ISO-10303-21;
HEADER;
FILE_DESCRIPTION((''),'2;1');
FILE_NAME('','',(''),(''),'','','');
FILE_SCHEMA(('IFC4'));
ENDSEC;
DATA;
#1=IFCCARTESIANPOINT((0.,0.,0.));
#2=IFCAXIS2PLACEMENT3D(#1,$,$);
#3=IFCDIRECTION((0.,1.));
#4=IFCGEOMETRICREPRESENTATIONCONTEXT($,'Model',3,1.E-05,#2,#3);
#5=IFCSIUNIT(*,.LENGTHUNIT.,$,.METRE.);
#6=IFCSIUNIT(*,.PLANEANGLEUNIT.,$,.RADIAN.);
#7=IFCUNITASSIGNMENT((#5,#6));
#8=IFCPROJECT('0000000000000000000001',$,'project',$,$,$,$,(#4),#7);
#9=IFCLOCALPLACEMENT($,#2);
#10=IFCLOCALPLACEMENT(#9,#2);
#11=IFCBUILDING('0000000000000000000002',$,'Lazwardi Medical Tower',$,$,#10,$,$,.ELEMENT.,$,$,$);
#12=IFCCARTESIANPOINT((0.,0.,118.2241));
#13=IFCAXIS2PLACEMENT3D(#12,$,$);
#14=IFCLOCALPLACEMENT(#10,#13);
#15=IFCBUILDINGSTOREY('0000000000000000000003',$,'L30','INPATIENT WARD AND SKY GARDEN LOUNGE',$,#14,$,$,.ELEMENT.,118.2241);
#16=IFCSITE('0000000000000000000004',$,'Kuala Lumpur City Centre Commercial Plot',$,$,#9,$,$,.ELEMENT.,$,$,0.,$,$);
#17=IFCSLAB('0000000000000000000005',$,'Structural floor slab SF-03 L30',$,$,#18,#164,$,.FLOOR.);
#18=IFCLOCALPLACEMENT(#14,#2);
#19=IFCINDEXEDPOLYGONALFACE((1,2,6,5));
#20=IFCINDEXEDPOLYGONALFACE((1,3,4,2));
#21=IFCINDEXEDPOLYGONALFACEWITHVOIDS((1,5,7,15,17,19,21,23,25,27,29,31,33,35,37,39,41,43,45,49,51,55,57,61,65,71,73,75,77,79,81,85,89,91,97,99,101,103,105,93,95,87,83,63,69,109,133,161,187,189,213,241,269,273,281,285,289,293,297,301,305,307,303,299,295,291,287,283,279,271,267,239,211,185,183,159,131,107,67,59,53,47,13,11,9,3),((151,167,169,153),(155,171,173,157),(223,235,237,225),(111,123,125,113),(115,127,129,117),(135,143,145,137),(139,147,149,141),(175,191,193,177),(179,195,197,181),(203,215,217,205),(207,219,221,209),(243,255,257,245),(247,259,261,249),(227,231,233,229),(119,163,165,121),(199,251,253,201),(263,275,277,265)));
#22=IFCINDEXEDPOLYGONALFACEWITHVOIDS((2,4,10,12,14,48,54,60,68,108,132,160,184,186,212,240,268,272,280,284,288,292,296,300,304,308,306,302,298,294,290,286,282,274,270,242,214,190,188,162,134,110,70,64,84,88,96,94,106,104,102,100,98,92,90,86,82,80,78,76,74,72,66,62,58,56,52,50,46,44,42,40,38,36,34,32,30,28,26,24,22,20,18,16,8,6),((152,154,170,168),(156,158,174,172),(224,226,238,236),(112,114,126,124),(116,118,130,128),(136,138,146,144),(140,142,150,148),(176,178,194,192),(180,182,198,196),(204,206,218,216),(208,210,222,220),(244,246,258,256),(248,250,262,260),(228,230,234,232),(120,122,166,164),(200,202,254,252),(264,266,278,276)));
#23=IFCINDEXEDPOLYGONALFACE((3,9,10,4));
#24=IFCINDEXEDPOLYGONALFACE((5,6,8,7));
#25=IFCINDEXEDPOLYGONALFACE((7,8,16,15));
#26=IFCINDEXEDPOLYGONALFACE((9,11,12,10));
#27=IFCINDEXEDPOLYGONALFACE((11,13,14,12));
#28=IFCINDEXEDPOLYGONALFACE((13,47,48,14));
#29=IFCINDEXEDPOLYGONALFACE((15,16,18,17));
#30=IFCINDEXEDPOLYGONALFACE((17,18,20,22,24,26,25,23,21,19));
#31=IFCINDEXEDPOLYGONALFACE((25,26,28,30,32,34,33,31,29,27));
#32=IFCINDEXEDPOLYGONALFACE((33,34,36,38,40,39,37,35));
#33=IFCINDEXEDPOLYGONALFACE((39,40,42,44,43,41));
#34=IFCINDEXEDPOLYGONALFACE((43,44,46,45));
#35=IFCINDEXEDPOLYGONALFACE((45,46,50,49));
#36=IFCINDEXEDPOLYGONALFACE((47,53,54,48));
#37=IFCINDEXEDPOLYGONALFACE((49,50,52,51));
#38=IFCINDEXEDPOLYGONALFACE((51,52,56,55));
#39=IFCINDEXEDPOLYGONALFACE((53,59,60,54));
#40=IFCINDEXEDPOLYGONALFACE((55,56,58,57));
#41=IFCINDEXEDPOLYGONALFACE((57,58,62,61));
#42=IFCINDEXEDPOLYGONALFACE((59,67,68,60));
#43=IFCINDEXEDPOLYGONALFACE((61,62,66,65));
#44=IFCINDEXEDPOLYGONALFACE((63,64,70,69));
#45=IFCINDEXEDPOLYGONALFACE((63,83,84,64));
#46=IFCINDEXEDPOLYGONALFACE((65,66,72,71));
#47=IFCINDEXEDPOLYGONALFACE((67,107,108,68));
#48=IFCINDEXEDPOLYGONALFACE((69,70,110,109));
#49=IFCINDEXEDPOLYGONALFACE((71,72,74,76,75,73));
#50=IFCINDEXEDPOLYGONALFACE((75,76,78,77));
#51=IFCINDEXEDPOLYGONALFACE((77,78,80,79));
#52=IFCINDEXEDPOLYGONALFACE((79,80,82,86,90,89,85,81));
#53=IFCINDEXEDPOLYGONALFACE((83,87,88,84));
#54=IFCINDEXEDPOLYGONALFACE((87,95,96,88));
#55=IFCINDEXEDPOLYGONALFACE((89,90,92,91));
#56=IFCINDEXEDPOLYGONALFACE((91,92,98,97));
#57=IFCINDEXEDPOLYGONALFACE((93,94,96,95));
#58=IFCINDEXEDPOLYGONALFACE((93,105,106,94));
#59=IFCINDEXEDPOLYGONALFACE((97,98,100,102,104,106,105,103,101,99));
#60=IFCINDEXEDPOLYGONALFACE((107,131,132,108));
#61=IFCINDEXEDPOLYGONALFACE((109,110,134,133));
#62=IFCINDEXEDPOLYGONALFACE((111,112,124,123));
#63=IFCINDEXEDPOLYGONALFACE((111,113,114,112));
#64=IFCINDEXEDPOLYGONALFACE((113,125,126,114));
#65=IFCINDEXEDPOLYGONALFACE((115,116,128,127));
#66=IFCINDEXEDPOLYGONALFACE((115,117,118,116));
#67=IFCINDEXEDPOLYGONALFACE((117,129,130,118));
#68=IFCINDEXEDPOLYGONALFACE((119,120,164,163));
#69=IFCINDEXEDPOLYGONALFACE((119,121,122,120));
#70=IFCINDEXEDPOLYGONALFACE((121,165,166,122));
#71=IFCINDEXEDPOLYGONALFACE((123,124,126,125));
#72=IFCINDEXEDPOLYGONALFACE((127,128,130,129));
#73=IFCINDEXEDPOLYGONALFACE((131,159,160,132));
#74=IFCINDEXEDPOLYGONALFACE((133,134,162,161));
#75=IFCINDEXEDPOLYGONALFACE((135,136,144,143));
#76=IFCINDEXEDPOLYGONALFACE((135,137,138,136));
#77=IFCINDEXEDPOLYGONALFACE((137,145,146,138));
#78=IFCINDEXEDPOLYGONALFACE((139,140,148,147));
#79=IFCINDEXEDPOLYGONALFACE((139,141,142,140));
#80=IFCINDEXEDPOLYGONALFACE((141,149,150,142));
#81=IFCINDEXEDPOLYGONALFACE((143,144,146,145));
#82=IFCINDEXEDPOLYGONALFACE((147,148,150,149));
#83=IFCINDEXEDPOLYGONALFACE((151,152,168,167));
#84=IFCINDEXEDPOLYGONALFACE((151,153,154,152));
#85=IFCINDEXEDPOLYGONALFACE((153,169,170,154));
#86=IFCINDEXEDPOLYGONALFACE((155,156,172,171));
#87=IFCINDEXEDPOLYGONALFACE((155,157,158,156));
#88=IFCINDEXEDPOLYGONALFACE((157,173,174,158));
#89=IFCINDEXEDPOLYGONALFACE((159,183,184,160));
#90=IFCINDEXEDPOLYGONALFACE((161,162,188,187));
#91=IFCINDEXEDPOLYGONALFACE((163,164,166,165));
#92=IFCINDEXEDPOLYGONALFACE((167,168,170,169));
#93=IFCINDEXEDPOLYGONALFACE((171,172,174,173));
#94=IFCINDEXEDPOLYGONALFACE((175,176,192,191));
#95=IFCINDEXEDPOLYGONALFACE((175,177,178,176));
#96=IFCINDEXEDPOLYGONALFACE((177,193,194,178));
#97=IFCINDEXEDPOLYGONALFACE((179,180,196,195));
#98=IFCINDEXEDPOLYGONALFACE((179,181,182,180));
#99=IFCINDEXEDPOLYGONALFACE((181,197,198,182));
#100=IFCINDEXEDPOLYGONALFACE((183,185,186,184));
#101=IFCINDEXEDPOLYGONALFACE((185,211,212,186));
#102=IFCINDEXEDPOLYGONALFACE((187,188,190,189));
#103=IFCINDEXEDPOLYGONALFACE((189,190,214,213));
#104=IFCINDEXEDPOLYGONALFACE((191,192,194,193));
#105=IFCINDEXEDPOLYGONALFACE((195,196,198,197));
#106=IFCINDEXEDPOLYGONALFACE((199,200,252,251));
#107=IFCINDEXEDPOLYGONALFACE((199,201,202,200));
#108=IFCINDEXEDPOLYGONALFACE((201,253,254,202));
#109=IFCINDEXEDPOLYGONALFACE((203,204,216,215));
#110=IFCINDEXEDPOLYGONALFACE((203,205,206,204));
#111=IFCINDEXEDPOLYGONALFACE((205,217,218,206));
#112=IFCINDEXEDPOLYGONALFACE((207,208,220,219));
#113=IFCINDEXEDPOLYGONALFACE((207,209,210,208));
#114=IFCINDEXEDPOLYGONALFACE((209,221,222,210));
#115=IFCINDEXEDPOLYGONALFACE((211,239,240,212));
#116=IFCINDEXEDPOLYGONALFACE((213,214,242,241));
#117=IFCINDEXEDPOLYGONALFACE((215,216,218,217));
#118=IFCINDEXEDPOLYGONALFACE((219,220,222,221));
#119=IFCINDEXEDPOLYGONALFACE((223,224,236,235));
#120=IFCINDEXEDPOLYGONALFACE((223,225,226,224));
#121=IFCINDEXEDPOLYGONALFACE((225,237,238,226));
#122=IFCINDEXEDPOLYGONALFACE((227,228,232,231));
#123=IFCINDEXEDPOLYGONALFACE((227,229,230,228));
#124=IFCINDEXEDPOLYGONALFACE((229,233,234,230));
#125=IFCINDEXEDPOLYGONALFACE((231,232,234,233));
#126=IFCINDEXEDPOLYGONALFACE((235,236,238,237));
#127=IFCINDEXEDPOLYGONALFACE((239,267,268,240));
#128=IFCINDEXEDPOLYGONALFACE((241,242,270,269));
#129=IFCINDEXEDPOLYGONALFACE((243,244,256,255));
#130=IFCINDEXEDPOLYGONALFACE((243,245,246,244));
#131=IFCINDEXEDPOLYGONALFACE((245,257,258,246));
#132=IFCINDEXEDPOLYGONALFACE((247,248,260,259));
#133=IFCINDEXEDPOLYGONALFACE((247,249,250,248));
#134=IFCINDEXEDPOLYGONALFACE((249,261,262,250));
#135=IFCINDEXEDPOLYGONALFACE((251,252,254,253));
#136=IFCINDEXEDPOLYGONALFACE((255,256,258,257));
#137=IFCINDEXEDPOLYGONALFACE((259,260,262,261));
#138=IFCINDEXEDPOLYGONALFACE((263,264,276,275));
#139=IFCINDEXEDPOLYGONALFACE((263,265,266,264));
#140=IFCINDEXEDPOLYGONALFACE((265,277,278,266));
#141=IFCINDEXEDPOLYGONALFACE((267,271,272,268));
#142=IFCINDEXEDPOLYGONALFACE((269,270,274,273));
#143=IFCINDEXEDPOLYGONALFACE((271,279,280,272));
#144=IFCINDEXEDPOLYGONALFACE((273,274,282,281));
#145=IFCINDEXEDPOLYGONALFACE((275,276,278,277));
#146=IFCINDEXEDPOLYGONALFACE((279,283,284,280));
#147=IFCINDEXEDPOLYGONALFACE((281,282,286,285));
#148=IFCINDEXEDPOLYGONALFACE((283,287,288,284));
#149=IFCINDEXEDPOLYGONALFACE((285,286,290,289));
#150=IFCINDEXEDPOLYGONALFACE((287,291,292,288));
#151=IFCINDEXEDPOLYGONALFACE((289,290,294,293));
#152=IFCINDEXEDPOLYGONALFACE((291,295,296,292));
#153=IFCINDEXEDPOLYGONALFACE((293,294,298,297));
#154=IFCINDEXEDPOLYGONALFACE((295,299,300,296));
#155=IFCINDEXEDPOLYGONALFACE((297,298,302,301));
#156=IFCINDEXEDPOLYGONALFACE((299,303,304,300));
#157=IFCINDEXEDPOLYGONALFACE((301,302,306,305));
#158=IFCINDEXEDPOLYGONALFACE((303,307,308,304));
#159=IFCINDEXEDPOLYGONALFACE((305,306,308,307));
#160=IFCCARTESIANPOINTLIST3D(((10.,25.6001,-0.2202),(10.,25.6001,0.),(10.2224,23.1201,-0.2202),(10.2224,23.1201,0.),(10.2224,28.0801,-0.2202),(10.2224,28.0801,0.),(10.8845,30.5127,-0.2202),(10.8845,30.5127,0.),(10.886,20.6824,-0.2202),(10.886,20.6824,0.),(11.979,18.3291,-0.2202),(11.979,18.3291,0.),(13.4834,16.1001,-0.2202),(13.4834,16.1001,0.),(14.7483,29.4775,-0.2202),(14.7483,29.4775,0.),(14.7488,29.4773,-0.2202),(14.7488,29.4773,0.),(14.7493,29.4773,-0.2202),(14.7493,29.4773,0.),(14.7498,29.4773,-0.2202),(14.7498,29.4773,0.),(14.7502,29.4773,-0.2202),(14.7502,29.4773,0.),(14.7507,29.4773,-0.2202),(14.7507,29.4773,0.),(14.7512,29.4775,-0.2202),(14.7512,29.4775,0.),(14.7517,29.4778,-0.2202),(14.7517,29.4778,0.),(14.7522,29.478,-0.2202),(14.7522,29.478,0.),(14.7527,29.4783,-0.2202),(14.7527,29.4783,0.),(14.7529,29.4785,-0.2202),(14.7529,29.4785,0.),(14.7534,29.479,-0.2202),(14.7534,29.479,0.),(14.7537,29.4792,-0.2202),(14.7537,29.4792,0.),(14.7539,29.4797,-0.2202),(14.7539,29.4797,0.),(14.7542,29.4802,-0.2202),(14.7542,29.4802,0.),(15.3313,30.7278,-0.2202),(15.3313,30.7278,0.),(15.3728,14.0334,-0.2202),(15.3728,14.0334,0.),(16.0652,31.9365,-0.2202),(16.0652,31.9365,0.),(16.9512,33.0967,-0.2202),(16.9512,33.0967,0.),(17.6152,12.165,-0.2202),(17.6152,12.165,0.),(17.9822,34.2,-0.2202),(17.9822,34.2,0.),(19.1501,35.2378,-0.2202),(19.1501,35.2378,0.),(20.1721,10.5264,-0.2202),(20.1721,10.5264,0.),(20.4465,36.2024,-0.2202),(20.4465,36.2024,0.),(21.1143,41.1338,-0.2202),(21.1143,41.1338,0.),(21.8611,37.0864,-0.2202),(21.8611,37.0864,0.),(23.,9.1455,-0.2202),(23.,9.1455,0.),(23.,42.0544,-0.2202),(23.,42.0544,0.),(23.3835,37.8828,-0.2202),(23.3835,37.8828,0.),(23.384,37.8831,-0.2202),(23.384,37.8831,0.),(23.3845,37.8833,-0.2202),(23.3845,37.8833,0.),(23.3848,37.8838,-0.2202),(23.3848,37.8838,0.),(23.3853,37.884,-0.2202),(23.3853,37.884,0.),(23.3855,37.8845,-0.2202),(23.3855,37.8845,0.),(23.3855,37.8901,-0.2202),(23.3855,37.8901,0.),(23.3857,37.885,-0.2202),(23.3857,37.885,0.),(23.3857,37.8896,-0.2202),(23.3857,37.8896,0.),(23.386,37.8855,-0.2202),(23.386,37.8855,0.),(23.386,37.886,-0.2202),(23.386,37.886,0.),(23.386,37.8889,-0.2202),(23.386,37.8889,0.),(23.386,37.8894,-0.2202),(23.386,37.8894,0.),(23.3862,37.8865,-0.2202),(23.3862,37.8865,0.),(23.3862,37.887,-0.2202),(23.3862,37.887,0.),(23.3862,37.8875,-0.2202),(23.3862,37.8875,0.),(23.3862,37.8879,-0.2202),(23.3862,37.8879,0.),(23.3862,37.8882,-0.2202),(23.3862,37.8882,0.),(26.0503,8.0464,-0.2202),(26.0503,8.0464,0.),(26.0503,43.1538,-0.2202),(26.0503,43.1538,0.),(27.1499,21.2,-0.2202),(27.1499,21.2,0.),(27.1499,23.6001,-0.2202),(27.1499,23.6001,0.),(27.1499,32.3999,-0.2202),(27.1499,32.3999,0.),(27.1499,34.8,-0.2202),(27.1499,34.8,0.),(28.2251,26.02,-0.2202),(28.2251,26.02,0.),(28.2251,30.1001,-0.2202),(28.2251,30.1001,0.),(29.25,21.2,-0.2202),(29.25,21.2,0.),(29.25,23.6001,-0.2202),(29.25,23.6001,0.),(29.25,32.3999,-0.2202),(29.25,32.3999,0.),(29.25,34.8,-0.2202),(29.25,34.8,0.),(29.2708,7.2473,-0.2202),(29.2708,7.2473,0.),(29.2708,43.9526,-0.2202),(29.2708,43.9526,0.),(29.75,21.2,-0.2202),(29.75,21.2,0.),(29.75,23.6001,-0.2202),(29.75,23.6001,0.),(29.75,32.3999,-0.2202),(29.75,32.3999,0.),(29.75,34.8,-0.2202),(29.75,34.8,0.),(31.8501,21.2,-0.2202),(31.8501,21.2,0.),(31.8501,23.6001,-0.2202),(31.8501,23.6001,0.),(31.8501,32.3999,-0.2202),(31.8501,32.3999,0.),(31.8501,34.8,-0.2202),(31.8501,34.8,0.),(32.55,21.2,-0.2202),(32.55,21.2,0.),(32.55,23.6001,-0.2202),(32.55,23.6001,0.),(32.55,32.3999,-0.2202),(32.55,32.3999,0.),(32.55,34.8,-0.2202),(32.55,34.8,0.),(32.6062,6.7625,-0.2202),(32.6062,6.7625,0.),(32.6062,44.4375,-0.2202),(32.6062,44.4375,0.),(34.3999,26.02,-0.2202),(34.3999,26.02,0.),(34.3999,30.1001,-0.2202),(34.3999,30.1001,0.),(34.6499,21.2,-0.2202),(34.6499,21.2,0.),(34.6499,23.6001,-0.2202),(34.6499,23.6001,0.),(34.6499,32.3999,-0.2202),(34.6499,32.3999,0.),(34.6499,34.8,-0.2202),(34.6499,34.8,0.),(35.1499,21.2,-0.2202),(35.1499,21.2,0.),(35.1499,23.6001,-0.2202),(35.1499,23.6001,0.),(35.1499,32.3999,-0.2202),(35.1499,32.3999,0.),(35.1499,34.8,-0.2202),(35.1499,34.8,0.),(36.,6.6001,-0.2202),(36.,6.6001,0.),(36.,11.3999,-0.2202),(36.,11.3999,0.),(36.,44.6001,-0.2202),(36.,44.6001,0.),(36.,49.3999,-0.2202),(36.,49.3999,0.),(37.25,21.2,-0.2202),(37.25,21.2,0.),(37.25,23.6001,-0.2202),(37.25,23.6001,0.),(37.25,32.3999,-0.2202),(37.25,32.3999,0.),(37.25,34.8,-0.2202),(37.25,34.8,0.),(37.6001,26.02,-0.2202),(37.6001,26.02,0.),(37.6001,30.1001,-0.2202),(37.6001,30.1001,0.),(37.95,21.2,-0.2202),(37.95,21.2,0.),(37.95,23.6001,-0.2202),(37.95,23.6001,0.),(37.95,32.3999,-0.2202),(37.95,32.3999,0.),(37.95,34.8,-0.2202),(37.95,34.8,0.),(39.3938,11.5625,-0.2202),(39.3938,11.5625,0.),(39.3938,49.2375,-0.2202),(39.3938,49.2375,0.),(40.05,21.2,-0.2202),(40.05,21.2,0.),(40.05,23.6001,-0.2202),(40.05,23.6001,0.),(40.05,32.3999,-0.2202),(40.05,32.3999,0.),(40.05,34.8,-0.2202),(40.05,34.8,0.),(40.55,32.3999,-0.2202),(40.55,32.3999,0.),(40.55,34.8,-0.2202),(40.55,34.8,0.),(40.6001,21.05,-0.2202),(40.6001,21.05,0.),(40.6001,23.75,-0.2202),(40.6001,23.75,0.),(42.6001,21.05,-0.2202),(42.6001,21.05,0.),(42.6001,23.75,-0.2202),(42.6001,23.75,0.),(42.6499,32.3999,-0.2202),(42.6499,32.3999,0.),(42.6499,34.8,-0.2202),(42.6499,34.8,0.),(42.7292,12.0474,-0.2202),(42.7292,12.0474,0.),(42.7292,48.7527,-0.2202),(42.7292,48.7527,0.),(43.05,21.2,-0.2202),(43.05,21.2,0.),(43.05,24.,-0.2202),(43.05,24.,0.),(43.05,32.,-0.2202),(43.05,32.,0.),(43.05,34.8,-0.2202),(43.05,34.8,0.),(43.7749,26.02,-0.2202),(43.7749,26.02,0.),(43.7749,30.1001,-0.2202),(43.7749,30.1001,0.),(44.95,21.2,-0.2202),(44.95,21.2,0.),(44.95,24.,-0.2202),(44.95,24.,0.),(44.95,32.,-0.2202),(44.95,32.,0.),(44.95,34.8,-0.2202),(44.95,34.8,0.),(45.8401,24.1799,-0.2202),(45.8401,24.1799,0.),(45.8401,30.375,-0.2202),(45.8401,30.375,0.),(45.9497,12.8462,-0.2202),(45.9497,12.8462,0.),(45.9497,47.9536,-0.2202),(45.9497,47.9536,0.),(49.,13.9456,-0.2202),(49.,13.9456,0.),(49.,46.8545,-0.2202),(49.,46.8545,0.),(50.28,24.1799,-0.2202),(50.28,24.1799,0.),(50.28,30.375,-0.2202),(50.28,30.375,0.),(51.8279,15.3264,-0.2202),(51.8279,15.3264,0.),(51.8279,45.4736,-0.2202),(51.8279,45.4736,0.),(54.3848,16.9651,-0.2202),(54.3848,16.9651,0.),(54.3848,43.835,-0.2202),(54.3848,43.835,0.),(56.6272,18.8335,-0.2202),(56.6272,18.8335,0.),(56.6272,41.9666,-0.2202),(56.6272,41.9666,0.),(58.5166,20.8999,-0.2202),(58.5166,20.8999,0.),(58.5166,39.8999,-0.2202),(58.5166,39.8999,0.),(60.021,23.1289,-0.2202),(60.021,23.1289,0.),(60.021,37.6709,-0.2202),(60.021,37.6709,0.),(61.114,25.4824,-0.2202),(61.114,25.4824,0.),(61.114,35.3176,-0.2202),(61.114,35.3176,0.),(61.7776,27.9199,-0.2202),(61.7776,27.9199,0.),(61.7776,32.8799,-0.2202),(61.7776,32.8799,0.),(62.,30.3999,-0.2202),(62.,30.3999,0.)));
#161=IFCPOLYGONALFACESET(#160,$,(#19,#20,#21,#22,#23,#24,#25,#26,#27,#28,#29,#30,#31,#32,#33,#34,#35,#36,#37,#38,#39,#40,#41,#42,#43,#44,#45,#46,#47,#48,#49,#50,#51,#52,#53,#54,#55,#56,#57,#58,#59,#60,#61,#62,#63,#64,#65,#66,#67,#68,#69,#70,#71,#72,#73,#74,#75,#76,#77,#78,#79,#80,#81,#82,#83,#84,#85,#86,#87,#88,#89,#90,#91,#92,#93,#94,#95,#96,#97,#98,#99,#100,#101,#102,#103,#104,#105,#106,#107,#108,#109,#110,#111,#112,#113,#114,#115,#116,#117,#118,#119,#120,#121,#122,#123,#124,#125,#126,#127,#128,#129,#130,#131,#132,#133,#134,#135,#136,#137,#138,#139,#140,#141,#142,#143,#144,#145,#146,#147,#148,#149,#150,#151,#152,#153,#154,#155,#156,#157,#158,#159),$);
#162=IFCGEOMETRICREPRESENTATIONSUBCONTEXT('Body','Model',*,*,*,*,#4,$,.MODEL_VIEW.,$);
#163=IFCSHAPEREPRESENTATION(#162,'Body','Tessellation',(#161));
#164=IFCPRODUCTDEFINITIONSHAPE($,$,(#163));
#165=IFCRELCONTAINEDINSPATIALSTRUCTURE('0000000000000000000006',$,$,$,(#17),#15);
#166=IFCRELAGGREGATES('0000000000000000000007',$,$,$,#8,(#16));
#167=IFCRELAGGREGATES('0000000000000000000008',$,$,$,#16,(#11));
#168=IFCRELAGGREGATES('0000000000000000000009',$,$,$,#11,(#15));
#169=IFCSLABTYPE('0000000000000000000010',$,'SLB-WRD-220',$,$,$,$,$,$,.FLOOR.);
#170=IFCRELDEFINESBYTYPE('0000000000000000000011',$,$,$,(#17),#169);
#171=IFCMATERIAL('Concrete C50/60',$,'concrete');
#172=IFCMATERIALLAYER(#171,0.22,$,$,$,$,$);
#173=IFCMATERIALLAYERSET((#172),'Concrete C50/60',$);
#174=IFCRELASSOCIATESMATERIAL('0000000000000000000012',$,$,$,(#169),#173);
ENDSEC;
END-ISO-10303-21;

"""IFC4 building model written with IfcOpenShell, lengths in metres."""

from ifc_helpers import new_model, si_unit, direction, frame, origin, place, context, subcontext, project, spatial, polyline, outline, extrude, material, layer, layer_set, type_object, element, save


model = new_model("IFC4")

# Units and contexts
model_context = context("Model", 3, precision=1e-05, world=origin(), true_north=direction((0.0, 1.0)))
body_context = subcontext(model_context, "Body", "Model", "MODEL_VIEW")
ifc_project = project(units=[si_unit("LENGTHUNIT", "METRE"), si_unit("PLANEANGLEUNIT", "RADIAN")], contexts=[model_context])

# Site, building, storey
site_placement = place(None, origin())
site = spatial("IfcSite", under=ifc_project, at=site_placement, Name="Kuala Lumpur City Centre Commercial Plot", CompositionType="ELEMENT", RefElevation=0.0)
building_placement = place(site_placement, origin())
building = spatial("IfcBuilding", under=site, at=building_placement, Name="Lazwardi Medical Tower", CompositionType="ELEMENT")
storey_placement = place(building_placement, frame((0.0, 0.0, 118.2241)))
storey = spatial("IfcBuildingStorey", under=building, at=storey_placement, Name="L30", Description="INPATIENT WARD AND SKY GARDEN LOUNGE", CompositionType="ELEMENT", Elevation=118.2241)

# Slab
ifc_material_1 = material(Name="Concrete C50/60", Category="concrete")
ifc_layer_1 = layer(ifc_material_1, 0.22)
ifc_layer_set_1 = layer_set([ifc_layer_1], Name="Concrete C50/60")
slab_type_1 = type_object("IfcSlabType", Name="SLB-WRD-220", PredefinedType="FLOOR", material=ifc_layer_set_1)
slab_1_placement = place(storey_placement, frame((0.0, 0.0, -0.2202)))
element("IfcSlab", 1, at=slab_1_placement, inside=storey, type_object=slab_type_1, Name="Structural floor slab SF-03 L30", PredefinedType="FLOOR", context=body_context, shape_type="SweptSolid", body=[
    extrude(outline(polyline([(61.7776, 32.8799), (61.114, 35.3176), (60.021, 37.6709), (58.5166, 39.8999), (56.6272, 41.9666), (54.3848, 43.835), (51.8279, 45.4736), (49.0, 46.8545), (45.9497, 47.9536), (42.7292, 48.7527), (39.3938, 49.2375), (36.0, 49.3999), (36.0, 44.6001), (32.6062, 44.4375), (29.2708, 43.9526), (26.0503, 43.1538), (23.0, 42.0544), (21.1143, 41.1338), (23.3855, 37.8901), (23.3857, 37.8896), (23.386, 37.8894), (23.386, 37.8889), (23.3862, 37.8882), (23.3862, 37.8879), (23.3862, 37.8875), (23.3862, 37.887), (23.3862, 37.8865), (23.386, 37.886), (23.386, 37.8855), (23.3857, 37.885), (23.3855, 37.8845), (23.3853, 37.884), (23.3848, 37.8838), (23.3845, 37.8833), (23.384, 37.8831), (23.3835, 37.8828), (21.8611, 37.0864), (20.4465, 36.2024), (19.1501, 35.2378), (17.9822, 34.2), (16.9512, 33.0967), (16.0652, 31.9365), (15.3313, 30.7278), (14.7542, 29.4802), (14.7539, 29.4797), (14.7537, 29.4792), (14.7534, 29.479), (14.7529, 29.4785), (14.7527, 29.4783), (14.7522, 29.478), (14.7517, 29.4778), (14.7512, 29.4775), (14.7507, 29.4773), (14.7502, 29.4773), (14.7498, 29.4773), (14.7493, 29.4773), (14.7488, 29.4773), (14.7483, 29.4775), (10.8845, 30.5127), (10.8845, 30.5127), (10.2224, 28.0801), (10.0, 25.6001), (10.2224, 23.1201), (10.886, 20.6824), (11.979, 18.3291), (13.4834, 16.1001), (15.3728, 14.0334), (17.6152, 12.165), (20.1721, 10.5264), (23.0, 9.1455), (26.0503, 8.0464), (29.2708, 7.2473), (32.6062, 6.7625), (36.0, 6.6001), (36.0, 11.3999), (39.3938, 11.5625), (42.7292, 12.0474), (45.9497, 12.8462), (49.0, 13.9456), (51.8279, 15.3264), (54.3848, 16.9651), (56.6272, 18.8335), (58.5166, 20.8999), (60.021, 23.1289), (61.114, 25.4824), (61.7776, 27.9199), (62.0, 30.3999), (61.7776, 32.8799)]), holes=[polyline([(28.2251, 26.02), (28.2251, 30.1001), (34.3999, 30.1001), (34.3999, 26.02), (28.2251, 26.02)]), polyline([(37.6001, 30.1001), (43.7749, 30.1001), (43.7749, 26.02), (37.6001, 26.02), (37.6001, 30.1001)]), polyline([(50.28, 30.375), (50.28, 24.1799), (45.8401, 24.1799), (45.8401, 30.375), (50.28, 30.375)]), polyline([(29.25, 32.3999), (27.1499, 32.3999), (27.1499, 34.8), (29.25, 34.8), (29.25, 32.3999)]), polyline([(29.75, 32.3999), (29.75, 34.8), (31.8501, 34.8), (31.8501, 32.3999), (29.75, 32.3999)]), polyline([(27.1499, 23.6001), (29.25, 23.6001), (29.25, 21.2), (27.1499, 21.2), (27.1499, 23.6001)]), polyline([(31.8501, 23.6001), (31.8501, 21.2), (29.75, 21.2), (29.75, 23.6001), (31.8501, 23.6001)]), polyline([(34.6499, 32.3999), (32.55, 32.3999), (32.55, 34.8), (34.6499, 34.8), (34.6499, 32.3999)]), polyline([(35.1499, 32.3999), (35.1499, 34.8), (37.25, 34.8), (37.25, 32.3999), (35.1499, 32.3999)]), polyline([(32.55, 23.6001), (34.6499, 23.6001), (34.6499, 21.2), (32.55, 21.2), (32.55, 23.6001)]), polyline([(37.25, 23.6001), (37.25, 21.2), (35.1499, 21.2), (35.1499, 23.6001), (37.25, 23.6001)]), polyline([(40.05, 32.3999), (37.95, 32.3999), (37.95, 34.8), (40.05, 34.8), (40.05, 32.3999)]), polyline([(40.55, 32.3999), (40.55, 34.8), (42.6499, 34.8), (42.6499, 32.3999), (40.55, 32.3999)]), polyline([(37.95, 23.6001), (40.05, 23.6001), (40.05, 21.2), (37.95, 21.2), (37.95, 23.6001)]), polyline([(44.95, 34.8), (44.95, 32.0), (43.05, 32.0), (43.05, 34.8), (44.95, 34.8)]), polyline([(44.95, 21.2), (43.05, 21.2), (43.05, 24.0), (44.95, 24.0), (44.95, 21.2)]), polyline([(40.6001, 21.05), (40.6001, 23.75), (42.6001, 23.75), (42.6001, 21.05), (40.6001, 21.05)])]), origin(), (0.0, 0.0, 1.0), 0.2202),
])

save(model, "model.ifc")
